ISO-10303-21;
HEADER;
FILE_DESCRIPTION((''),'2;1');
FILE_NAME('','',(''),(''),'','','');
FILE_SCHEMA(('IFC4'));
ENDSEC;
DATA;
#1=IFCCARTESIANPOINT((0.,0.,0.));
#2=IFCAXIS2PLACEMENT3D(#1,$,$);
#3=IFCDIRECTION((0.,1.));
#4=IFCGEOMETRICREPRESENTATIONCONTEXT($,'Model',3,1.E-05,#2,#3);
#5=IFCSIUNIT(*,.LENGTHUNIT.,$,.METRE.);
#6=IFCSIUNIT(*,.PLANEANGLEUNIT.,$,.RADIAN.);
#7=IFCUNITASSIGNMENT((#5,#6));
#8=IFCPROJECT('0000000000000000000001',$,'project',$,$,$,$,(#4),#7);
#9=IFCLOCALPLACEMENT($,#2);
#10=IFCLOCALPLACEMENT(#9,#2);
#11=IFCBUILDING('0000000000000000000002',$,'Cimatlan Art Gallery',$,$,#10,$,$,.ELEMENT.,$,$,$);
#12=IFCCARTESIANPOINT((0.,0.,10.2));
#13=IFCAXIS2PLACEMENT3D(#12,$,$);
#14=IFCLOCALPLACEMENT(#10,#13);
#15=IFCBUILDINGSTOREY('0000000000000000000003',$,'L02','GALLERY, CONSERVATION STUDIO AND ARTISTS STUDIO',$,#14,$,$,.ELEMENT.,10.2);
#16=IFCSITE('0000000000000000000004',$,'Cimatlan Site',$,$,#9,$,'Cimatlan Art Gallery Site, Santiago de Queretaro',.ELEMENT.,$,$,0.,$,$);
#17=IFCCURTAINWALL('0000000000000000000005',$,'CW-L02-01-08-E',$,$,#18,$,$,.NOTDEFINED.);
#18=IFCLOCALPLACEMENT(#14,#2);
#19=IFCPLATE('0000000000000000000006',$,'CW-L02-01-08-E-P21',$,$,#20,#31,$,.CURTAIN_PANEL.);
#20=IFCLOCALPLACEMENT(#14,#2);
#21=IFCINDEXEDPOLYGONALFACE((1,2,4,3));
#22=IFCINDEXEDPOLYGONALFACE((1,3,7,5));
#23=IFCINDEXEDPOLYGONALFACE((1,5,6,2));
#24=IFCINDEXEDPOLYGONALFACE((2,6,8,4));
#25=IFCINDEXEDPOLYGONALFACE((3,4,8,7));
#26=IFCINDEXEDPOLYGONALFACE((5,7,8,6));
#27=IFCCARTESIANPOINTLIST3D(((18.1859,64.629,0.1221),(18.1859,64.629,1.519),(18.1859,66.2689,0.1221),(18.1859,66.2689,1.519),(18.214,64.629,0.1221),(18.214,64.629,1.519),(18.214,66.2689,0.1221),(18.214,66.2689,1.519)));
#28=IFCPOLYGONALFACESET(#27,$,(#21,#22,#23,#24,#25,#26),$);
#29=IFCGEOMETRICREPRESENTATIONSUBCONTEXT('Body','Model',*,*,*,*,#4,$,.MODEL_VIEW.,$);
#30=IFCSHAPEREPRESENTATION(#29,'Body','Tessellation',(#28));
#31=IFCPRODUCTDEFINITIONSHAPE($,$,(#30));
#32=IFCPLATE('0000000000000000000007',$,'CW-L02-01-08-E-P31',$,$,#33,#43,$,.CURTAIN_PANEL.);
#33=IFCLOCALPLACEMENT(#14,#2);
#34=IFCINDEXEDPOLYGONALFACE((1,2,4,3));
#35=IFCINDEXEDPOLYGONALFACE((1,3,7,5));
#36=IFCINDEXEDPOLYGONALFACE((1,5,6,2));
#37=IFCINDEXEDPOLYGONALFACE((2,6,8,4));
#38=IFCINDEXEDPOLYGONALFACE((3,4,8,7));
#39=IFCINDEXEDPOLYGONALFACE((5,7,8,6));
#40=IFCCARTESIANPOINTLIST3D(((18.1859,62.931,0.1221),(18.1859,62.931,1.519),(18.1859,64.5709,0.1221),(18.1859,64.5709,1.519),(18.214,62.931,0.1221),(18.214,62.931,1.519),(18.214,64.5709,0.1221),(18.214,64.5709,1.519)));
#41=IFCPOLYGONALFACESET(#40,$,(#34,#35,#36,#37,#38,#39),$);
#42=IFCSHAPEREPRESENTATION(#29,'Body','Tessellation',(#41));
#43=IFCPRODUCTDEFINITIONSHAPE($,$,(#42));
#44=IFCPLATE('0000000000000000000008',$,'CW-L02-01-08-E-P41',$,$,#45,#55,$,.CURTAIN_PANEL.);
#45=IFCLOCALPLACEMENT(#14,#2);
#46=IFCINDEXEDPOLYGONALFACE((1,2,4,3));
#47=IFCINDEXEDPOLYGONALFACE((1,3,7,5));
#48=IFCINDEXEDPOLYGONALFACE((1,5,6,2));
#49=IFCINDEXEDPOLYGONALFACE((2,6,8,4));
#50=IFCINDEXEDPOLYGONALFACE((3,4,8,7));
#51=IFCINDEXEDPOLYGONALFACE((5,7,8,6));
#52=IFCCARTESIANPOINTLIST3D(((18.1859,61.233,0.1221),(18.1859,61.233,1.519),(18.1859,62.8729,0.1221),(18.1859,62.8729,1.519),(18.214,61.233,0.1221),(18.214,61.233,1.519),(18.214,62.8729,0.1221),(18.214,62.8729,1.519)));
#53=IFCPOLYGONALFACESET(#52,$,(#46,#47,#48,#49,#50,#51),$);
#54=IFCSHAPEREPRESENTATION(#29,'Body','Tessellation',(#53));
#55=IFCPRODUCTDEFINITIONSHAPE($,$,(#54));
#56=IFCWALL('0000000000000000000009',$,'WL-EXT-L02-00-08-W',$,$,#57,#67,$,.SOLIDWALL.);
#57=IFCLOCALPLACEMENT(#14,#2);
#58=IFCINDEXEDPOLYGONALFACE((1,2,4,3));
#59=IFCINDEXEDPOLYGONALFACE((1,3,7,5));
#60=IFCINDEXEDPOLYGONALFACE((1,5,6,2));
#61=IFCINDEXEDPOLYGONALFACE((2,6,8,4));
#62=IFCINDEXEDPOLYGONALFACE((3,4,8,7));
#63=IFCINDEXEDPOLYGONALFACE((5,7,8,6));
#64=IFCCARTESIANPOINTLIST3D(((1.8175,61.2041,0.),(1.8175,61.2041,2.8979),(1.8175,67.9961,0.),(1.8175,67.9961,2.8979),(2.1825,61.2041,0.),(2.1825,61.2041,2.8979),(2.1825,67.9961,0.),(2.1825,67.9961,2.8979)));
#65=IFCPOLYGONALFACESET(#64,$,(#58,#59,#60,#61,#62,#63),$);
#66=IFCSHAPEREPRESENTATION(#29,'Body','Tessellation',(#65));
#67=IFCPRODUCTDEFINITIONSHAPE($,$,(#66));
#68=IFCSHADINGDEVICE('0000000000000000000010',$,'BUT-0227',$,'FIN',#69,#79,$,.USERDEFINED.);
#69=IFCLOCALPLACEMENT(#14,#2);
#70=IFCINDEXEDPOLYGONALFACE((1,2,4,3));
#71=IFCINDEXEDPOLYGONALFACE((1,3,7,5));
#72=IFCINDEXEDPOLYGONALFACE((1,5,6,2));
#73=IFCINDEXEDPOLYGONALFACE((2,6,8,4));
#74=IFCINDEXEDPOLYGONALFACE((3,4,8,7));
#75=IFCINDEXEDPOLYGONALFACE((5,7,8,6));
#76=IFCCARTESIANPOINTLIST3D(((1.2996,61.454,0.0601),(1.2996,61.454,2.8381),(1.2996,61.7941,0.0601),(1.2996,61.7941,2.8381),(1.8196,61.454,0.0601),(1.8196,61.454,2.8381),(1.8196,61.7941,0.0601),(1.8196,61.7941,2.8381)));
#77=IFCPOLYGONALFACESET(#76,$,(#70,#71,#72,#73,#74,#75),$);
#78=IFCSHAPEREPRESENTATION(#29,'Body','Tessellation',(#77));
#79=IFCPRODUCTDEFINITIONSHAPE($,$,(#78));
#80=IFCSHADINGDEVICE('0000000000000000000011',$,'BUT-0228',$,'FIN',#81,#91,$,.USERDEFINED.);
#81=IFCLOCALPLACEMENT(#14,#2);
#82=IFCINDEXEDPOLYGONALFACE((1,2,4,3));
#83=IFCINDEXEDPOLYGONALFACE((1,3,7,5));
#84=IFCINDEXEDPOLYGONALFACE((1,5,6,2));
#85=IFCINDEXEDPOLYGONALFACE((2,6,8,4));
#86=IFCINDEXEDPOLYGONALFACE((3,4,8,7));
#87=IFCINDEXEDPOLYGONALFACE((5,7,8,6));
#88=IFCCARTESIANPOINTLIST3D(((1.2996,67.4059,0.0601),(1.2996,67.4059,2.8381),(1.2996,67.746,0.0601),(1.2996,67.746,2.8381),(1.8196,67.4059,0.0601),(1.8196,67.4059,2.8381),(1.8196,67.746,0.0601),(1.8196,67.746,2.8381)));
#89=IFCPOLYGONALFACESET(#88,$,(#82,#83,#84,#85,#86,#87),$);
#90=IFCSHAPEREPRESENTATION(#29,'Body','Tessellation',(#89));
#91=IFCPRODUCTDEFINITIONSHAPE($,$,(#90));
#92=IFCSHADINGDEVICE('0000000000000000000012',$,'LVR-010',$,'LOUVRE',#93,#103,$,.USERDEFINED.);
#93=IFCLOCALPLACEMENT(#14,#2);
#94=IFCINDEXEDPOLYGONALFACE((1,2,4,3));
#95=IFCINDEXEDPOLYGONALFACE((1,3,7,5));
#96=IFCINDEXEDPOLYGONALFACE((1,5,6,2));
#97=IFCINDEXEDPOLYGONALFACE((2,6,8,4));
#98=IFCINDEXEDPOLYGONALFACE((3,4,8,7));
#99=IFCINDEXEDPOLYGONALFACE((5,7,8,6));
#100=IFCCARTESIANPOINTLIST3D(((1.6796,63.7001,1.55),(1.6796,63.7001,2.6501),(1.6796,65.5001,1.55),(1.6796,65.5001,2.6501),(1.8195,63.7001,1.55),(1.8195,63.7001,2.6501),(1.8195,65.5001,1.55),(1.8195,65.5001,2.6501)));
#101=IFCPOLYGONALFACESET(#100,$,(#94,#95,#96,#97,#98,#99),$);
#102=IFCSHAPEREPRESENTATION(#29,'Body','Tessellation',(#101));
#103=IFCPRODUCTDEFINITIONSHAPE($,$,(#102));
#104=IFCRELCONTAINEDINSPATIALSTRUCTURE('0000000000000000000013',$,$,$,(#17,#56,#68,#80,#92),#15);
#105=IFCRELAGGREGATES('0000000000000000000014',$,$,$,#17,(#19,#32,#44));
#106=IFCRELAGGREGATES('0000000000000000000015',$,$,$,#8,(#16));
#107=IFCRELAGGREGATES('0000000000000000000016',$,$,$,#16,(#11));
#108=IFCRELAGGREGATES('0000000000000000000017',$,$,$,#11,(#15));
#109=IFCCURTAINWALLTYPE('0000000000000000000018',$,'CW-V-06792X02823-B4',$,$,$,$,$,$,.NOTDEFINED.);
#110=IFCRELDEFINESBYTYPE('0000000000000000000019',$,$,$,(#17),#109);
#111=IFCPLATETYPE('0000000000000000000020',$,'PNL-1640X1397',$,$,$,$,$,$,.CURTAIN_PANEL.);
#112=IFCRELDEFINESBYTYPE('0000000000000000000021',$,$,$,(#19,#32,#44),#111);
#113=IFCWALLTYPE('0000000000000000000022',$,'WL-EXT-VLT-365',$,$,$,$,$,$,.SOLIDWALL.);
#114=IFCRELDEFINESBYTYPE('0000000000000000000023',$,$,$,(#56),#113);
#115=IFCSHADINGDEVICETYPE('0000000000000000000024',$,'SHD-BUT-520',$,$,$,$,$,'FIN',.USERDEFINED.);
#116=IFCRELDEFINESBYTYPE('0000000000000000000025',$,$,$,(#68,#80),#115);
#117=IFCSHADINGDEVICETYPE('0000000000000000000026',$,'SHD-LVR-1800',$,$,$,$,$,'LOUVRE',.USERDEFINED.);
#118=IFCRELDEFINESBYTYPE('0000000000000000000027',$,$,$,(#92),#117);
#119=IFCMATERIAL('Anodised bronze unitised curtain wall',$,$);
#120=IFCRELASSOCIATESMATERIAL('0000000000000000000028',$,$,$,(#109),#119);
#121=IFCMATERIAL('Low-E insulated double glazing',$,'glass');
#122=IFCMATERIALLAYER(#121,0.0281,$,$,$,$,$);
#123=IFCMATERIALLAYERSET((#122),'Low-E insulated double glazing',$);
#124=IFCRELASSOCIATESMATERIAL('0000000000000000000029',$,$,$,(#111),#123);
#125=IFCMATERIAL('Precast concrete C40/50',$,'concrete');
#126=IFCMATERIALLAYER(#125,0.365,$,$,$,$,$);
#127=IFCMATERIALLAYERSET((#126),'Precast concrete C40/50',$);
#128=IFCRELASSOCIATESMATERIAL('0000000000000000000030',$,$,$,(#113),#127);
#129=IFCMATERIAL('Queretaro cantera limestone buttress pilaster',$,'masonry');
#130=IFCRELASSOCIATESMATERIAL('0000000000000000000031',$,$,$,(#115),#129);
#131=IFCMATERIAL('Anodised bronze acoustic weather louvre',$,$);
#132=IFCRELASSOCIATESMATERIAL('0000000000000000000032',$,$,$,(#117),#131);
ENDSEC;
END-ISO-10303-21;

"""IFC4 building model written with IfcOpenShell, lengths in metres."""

from ifc_helpers import new_model, si_unit, direction, frame, frame_2d, origin, origin_2d, place, context, subcontext, project, spatial, rectangle, extrude, material, layer, layer_set, type_object, element, aggregate, save


model = new_model("IFC4")

# Units and contexts
model_context = context("Model", 3, precision=1e-05, world=origin(), true_north=direction((0.0, 1.0)))
body_context = subcontext(model_context, "Body", "Model", "MODEL_VIEW")
ifc_project = project(units=[si_unit("LENGTHUNIT", "METRE"), si_unit("PLANEANGLEUNIT", "RADIAN")], contexts=[model_context])

# Site, building, storey
site_placement = place(None, origin())
site = spatial("IfcSite", under=ifc_project, at=site_placement, Name="Cimatlan Site", LongName="Cimatlan Art Gallery Site, Santiago de Queretaro", CompositionType="ELEMENT", RefElevation=0.0)
building_placement = place(site_placement, origin())
building = spatial("IfcBuilding", under=site, at=building_placement, Name="Cimatlan Art Gallery", CompositionType="ELEMENT")
storey_placement = place(building_placement, frame((0.0, 0.0, 10.2)))
storey = spatial("IfcBuildingStorey", under=building, at=storey_placement, Name="L02", Description="GALLERY, CONSERVATION STUDIO AND ARTISTS STUDIO", CompositionType="ELEMENT", Elevation=10.2)

# Curtain wall, plates
ifc_material_1 = material(Name="Anodised bronze unitised curtain wall")
curtain_wall_type = type_object("IfcCurtainWallType", Name="CW-V-06792X02823-B4", PredefinedType="NOTDEFINED", material=ifc_material_1)
curtain_wall_placement = place(storey_placement, origin())
curtain_wall = element("IfcCurtainWall", 1, at=curtain_wall_placement, inside=storey, type_object=curtain_wall_type, Name="CW-L02-01-08-E", PredefinedType="NOTDEFINED")
ifc_material_2 = material(Name="Low-E insulated double glazing", Category="glass")
ifc_layer_1 = layer(ifc_material_2, 0.0281)
ifc_layer_set_1 = layer_set([ifc_layer_1], Name="Low-E insulated double glazing")
plate_type_1 = type_object("IfcPlateType", Name="PNL-1640X1397", PredefinedType="CURTAIN_PANEL", material=ifc_layer_set_1)
plate_1_placement = place(storey_placement, frame((18.2, 65.449, 0.1221), z_axis=(0.0, 0.0, 1.0), x_axis=(0.0, -1.0, 0.0)))
plate_1 = element("IfcPlate", 2, at=plate_1_placement, type_object=plate_type_1, Name="CW-L02-01-08-E-P21", PredefinedType="CURTAIN_PANEL", context=body_context, shape_type="SweptSolid", body=[
    extrude(rectangle(XDim=1.6399, YDim=0.0281, at=origin_2d()), origin(), (0.0, 0.0, 1.0), 1.397),
])
plate_2_placement = place(storey_placement, frame((18.2, 63.751, 0.1221), z_axis=(0.0, 0.0, 1.0), x_axis=(0.0, -1.0, 0.0)))
plate_2 = element("IfcPlate", 3, at=plate_2_placement, type_object=plate_type_1, Name="CW-L02-01-08-E-P31", PredefinedType="CURTAIN_PANEL", context=body_context, shape_type="SweptSolid", body=[
    extrude(rectangle(XDim=1.6399, YDim=0.0281, at=origin_2d()), origin(), (0.0, 0.0, 1.0), 1.397),
])
plate_3_placement = place(storey_placement, frame((18.2, 62.053, 0.1221), z_axis=(0.0, 0.0, 1.0), x_axis=(0.0, -1.0, 0.0)))
plate_3 = element("IfcPlate", 4, at=plate_3_placement, type_object=plate_type_1, Name="CW-L02-01-08-E-P41", PredefinedType="CURTAIN_PANEL", context=body_context, shape_type="SweptSolid", body=[
    extrude(rectangle(XDim=1.6399, YDim=0.0281, at=origin_2d()), origin(), (0.0, 0.0, 1.0), 1.397),
])
aggregate(curtain_wall, [plate_1, plate_2, plate_3])

# Wall
ifc_material_3 = material(Name="Precast concrete C40/50", Category="concrete")
ifc_layer_2 = layer(ifc_material_3, 0.365)
ifc_layer_set_2 = layer_set([ifc_layer_2], Name="Precast concrete C40/50")
wall_type = type_object("IfcWallType", Name="WL-EXT-VLT-365", PredefinedType="SOLIDWALL", material=ifc_layer_set_2)
wall_placement = place(storey_placement, frame((2.0, 61.2041, 0.0), z_axis=(0.0, 0.0, 1.0), x_axis=(0.0, 1.0, 0.0)))
element("IfcWall", 5, at=wall_placement, inside=storey, type_object=wall_type, Name="WL-EXT-L02-00-08-W", PredefinedType="SOLIDWALL", context=body_context, shape_type="SweptSolid", body=[
    extrude(rectangle(XDim=6.792, YDim=0.365, at=frame_2d((3.396, 0.0))), origin(), (0.0, 0.0, 1.0), 2.8979),
])

# Shading devices
ifc_material_4 = material(Name="Queretaro cantera limestone buttress pilaster", Category="masonry")
shading_device_type_1 = type_object("IfcShadingDeviceType", Name="SHD-BUT-520", ElementType="FIN", PredefinedType="USERDEFINED", material=ifc_material_4)
for number, where, z_axis, x_axis, name in (
    (6, (1.5596, 61.624, 0.0601), (0.0, 0.0, 1.0), (0.0, 1.0, 0.0), "BUT-0227"),
    (7, (1.5596, 67.5759, 0.0601), (0.0, 0.0, 1.0), (0.0, 1.0, 0.0), "BUT-0228"),
):
    element("IfcShadingDevice", number, at=place(storey_placement, frame(where, z_axis=z_axis, x_axis=x_axis)), inside=storey, type_object=shading_device_type_1, Name=name, ObjectType="FIN", PredefinedType="USERDEFINED", context=body_context, shape_type="SweptSolid", body=[
        extrude(rectangle(XDim=0.3401, YDim=0.52, at=origin_2d()), origin(), (0.0, 0.0, 1.0), 2.7781),
    ])
ifc_material_5 = material(Name="Anodised bronze acoustic weather louvre")
shading_device_type_2 = type_object("IfcShadingDeviceType", Name="SHD-LVR-1800", ElementType="LOUVRE", PredefinedType="USERDEFINED", material=ifc_material_5)
shading_device_placement = place(storey_placement, frame((1.7495, 64.6001, 1.55), z_axis=(0.0, 0.0, 1.0), x_axis=(0.0, 1.0, 0.0)))
element("IfcShadingDevice", 8, at=shading_device_placement, inside=storey, type_object=shading_device_type_2, Name="LVR-010", ObjectType="LOUVRE", PredefinedType="USERDEFINED", context=body_context, shape_type="SweptSolid", body=[
    extrude(rectangle(XDim=1.8, YDim=0.1399, at=origin_2d()), origin(), (0.0, 0.0, 1.0), 1.1001),
])

save(model, "model.ifc")
